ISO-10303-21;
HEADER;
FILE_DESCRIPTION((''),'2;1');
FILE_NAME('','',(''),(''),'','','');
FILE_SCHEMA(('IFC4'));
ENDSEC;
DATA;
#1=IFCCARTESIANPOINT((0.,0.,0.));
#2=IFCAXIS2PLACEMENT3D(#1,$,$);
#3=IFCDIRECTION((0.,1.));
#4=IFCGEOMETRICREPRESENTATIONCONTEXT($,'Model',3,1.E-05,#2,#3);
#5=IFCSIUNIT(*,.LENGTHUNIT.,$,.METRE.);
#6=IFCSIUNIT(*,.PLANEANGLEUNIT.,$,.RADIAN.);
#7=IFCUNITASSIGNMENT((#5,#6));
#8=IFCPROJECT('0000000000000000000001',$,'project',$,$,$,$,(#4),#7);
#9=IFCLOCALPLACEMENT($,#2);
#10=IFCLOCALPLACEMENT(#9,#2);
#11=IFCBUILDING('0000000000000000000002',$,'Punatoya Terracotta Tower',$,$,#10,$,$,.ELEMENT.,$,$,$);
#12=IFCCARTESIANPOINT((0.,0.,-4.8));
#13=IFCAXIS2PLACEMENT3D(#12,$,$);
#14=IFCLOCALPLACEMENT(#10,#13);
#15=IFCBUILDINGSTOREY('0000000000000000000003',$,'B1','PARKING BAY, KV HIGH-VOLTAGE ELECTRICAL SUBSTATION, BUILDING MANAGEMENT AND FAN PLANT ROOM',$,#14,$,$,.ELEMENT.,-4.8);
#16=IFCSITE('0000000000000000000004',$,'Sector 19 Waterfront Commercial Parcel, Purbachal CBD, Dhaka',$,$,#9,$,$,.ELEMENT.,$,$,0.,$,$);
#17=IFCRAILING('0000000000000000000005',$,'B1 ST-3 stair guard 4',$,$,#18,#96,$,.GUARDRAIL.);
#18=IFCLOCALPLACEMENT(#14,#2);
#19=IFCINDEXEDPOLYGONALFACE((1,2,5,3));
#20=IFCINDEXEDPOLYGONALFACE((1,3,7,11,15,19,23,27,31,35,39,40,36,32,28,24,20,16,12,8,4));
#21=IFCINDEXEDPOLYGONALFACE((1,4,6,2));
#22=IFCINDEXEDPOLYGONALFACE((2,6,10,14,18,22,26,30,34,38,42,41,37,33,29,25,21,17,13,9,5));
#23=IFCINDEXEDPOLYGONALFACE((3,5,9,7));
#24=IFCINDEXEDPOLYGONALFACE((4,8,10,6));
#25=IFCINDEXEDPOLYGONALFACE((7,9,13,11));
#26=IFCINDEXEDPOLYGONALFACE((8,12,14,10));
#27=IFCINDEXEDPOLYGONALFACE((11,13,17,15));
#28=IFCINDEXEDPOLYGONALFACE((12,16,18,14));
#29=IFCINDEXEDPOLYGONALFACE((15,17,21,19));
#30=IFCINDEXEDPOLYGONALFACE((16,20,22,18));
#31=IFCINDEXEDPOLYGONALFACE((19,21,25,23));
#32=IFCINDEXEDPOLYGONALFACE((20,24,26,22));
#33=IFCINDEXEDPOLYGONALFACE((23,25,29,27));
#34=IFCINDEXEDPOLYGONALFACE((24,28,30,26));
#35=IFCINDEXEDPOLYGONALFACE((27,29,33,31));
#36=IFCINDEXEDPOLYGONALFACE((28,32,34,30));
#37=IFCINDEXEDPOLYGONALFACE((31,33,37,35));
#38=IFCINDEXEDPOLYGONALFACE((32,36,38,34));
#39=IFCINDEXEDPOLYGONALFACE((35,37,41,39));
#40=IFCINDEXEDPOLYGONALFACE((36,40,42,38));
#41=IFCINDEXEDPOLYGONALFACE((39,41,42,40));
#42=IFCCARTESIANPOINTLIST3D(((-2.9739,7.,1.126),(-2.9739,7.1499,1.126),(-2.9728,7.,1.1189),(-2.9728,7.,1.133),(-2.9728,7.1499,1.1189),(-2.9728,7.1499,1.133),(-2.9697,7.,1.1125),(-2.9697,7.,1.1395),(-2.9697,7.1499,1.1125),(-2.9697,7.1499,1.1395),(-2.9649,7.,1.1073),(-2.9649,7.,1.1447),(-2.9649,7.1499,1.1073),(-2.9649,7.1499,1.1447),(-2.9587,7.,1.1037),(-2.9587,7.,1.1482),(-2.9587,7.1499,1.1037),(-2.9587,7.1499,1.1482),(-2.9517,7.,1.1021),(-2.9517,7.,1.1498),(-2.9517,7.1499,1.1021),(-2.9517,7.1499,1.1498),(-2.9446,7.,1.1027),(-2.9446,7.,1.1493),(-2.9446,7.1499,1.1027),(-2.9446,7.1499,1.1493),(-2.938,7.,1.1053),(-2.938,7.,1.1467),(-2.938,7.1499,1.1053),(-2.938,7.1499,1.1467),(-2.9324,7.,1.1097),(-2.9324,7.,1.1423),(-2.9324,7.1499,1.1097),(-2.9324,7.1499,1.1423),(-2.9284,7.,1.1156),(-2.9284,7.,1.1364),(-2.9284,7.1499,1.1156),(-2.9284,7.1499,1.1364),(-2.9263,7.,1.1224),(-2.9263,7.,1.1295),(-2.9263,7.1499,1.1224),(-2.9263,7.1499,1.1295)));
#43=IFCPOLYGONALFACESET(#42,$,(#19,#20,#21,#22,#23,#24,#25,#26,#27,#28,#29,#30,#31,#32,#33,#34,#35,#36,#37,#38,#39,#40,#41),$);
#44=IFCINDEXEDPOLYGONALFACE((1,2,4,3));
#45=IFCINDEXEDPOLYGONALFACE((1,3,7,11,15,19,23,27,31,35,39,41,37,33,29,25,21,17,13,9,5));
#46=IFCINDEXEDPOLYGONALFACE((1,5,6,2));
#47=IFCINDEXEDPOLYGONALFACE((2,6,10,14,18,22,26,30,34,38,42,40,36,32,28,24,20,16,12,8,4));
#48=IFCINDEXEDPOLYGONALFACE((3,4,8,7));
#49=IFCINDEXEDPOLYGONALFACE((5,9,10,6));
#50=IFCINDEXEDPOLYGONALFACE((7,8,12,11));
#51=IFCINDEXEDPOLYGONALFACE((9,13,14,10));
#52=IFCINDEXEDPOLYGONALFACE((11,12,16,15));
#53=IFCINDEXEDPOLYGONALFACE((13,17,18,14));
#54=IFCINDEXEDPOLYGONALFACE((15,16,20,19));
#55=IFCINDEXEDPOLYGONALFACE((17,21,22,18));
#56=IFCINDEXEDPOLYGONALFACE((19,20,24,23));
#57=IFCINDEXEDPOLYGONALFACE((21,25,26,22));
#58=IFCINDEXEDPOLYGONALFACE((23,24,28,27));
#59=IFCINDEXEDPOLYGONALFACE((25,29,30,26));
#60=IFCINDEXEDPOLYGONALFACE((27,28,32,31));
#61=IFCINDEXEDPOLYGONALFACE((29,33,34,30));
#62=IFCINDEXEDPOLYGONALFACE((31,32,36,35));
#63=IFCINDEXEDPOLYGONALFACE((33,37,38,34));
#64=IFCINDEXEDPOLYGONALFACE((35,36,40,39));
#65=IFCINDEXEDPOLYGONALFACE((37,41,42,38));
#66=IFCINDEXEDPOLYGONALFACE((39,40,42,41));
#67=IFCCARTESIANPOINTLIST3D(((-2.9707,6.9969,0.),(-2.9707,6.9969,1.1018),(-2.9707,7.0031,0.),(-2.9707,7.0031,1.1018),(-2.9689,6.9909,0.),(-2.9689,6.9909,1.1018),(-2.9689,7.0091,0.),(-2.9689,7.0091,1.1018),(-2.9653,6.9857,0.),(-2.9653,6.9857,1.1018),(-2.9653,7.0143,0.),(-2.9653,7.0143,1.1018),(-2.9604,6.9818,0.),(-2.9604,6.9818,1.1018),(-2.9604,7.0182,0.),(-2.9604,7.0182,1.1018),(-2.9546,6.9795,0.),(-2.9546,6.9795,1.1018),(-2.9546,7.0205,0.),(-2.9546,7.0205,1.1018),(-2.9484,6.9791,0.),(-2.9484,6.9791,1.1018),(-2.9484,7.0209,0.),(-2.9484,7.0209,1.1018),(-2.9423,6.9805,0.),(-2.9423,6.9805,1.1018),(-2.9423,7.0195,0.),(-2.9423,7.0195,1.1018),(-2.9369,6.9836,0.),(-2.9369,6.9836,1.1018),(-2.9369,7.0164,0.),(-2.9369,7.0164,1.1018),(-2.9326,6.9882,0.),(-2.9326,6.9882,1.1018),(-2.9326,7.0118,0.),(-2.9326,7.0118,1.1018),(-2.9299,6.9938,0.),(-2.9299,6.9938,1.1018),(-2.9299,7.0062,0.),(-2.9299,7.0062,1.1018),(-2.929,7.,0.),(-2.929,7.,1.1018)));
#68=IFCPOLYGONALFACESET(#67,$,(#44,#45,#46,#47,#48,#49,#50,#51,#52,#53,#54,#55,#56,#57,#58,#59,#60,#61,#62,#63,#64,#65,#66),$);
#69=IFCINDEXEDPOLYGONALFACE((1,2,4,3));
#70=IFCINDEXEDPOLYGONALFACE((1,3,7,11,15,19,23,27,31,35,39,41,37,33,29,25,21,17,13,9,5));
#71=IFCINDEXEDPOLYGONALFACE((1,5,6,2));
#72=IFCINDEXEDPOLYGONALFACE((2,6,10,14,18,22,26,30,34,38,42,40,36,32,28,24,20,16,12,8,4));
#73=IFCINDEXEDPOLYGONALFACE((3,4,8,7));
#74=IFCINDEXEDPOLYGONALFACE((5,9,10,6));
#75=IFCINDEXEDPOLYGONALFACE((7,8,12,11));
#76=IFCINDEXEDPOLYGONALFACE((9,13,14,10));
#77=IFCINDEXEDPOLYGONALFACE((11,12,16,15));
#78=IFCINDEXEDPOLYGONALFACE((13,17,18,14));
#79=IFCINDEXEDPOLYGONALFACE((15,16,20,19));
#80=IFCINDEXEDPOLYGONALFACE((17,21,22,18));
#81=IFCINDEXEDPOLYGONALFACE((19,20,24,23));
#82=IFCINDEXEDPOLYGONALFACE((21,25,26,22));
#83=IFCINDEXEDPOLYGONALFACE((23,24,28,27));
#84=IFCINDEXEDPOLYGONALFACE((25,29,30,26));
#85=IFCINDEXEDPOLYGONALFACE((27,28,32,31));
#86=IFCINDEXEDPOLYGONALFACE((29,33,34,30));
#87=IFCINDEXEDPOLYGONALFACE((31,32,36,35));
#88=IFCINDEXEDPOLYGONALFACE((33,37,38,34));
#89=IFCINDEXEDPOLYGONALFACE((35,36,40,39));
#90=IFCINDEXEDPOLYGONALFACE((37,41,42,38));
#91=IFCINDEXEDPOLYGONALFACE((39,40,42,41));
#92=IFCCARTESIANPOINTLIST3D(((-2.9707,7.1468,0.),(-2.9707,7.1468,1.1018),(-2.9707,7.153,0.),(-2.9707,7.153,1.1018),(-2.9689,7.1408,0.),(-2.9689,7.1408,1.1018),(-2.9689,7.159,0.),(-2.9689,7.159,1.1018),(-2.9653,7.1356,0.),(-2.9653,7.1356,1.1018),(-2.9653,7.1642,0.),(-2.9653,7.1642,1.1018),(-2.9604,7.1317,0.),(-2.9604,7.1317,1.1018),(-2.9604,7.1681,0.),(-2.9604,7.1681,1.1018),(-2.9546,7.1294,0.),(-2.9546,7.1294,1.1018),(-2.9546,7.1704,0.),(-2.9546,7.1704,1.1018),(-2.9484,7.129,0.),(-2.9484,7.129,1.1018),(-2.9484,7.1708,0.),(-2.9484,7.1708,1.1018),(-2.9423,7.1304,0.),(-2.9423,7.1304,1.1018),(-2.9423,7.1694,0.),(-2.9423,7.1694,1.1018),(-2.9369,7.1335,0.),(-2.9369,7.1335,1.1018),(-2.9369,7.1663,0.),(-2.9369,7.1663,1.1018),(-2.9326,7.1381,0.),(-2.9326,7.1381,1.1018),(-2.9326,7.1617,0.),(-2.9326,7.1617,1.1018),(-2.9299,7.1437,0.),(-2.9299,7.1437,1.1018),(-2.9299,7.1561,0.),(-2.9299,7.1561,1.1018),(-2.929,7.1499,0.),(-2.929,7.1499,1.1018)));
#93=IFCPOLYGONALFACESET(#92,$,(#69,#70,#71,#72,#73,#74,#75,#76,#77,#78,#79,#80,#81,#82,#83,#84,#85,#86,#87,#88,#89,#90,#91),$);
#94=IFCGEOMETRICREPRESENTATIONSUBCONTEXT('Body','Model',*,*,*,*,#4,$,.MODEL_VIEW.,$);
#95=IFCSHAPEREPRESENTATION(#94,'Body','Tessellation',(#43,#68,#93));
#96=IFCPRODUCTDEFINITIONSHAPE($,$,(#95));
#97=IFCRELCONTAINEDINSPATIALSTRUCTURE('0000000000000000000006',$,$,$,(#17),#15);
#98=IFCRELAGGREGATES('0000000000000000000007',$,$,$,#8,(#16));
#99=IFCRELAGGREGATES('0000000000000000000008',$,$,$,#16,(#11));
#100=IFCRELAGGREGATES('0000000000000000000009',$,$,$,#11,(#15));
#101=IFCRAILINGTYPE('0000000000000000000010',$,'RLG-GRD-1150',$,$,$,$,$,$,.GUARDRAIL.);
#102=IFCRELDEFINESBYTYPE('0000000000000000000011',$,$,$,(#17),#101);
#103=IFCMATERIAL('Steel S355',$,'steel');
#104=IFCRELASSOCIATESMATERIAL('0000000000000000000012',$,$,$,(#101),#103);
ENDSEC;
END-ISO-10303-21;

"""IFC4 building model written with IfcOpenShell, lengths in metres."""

from ifc_helpers import new_model, si_unit, direction, frame, origin, origin_2d, place, context, subcontext, project, spatial, circle, extrude, material, type_object, element, save


model = new_model("IFC4")

# Units and contexts
model_context = context("Model", 3, precision=1e-05, world=origin(), true_north=direction((0.0, 1.0)))
body_context = subcontext(model_context, "Body", "Model", "MODEL_VIEW")
ifc_project = project(units=[si_unit("LENGTHUNIT", "METRE"), si_unit("PLANEANGLEUNIT", "RADIAN")], contexts=[model_context])

# Site, building, storey
site_placement = place(None, origin())
site = spatial("IfcSite", under=ifc_project, at=site_placement, Name="Sector 19 Waterfront Commercial Parcel, Purbachal CBD, Dhaka", CompositionType="ELEMENT", RefElevation=0.0)
building_placement = place(site_placement, origin())
building = spatial("IfcBuilding", under=site, at=building_placement, Name="Punatoya Terracotta Tower", CompositionType="ELEMENT")
storey_placement = place(building_placement, frame((0.0, 0.0, -4.8)))
storey = spatial("IfcBuildingStorey", under=building, at=storey_placement, Name="B1", Description="PARKING BAY, KV HIGH-VOLTAGE ELECTRICAL SUBSTATION, BUILDING MANAGEMENT AND FAN PLANT ROOM", CompositionType="ELEMENT", Elevation=-4.8)

# Shared definitions
ifc_material_1 = material(Name="Steel S355", Category="steel")

# Railing
railing_type_1 = type_object("IfcRailingType", Name="RLG-GRD-1150", PredefinedType="GUARDRAIL", material=ifc_material_1)
railing_1_placement = place(storey_placement, frame((-2.95, 7.0, 0.0)))
element("IfcRailing", 1, at=railing_1_placement, inside=storey, type_object=railing_type_1, Name="B1 ST-3 stair guard 4", PredefinedType="GUARDRAIL", context=body_context, shape_type="SweptSolid", body=[
    extrude(circle(Radius=0.0239, at=origin_2d()), frame((0.0, 0.0, 1.126), z_axis=(0.0, 1.0, 0.0), x_axis=(-1.0, 0.0, 0.0)), (0.0, 0.0, 1.0), 0.1499),
    extrude(circle(Radius=0.021, at=origin_2d()), origin(), (0.0, 0.0, 1.0), 1.1018),
    extrude(circle(Radius=0.021, at=origin_2d()), frame((0.0, 0.1499, 0.0)), (0.0, 0.0, 1.0), 1.1018),
])

save(model, "model.ifc")
